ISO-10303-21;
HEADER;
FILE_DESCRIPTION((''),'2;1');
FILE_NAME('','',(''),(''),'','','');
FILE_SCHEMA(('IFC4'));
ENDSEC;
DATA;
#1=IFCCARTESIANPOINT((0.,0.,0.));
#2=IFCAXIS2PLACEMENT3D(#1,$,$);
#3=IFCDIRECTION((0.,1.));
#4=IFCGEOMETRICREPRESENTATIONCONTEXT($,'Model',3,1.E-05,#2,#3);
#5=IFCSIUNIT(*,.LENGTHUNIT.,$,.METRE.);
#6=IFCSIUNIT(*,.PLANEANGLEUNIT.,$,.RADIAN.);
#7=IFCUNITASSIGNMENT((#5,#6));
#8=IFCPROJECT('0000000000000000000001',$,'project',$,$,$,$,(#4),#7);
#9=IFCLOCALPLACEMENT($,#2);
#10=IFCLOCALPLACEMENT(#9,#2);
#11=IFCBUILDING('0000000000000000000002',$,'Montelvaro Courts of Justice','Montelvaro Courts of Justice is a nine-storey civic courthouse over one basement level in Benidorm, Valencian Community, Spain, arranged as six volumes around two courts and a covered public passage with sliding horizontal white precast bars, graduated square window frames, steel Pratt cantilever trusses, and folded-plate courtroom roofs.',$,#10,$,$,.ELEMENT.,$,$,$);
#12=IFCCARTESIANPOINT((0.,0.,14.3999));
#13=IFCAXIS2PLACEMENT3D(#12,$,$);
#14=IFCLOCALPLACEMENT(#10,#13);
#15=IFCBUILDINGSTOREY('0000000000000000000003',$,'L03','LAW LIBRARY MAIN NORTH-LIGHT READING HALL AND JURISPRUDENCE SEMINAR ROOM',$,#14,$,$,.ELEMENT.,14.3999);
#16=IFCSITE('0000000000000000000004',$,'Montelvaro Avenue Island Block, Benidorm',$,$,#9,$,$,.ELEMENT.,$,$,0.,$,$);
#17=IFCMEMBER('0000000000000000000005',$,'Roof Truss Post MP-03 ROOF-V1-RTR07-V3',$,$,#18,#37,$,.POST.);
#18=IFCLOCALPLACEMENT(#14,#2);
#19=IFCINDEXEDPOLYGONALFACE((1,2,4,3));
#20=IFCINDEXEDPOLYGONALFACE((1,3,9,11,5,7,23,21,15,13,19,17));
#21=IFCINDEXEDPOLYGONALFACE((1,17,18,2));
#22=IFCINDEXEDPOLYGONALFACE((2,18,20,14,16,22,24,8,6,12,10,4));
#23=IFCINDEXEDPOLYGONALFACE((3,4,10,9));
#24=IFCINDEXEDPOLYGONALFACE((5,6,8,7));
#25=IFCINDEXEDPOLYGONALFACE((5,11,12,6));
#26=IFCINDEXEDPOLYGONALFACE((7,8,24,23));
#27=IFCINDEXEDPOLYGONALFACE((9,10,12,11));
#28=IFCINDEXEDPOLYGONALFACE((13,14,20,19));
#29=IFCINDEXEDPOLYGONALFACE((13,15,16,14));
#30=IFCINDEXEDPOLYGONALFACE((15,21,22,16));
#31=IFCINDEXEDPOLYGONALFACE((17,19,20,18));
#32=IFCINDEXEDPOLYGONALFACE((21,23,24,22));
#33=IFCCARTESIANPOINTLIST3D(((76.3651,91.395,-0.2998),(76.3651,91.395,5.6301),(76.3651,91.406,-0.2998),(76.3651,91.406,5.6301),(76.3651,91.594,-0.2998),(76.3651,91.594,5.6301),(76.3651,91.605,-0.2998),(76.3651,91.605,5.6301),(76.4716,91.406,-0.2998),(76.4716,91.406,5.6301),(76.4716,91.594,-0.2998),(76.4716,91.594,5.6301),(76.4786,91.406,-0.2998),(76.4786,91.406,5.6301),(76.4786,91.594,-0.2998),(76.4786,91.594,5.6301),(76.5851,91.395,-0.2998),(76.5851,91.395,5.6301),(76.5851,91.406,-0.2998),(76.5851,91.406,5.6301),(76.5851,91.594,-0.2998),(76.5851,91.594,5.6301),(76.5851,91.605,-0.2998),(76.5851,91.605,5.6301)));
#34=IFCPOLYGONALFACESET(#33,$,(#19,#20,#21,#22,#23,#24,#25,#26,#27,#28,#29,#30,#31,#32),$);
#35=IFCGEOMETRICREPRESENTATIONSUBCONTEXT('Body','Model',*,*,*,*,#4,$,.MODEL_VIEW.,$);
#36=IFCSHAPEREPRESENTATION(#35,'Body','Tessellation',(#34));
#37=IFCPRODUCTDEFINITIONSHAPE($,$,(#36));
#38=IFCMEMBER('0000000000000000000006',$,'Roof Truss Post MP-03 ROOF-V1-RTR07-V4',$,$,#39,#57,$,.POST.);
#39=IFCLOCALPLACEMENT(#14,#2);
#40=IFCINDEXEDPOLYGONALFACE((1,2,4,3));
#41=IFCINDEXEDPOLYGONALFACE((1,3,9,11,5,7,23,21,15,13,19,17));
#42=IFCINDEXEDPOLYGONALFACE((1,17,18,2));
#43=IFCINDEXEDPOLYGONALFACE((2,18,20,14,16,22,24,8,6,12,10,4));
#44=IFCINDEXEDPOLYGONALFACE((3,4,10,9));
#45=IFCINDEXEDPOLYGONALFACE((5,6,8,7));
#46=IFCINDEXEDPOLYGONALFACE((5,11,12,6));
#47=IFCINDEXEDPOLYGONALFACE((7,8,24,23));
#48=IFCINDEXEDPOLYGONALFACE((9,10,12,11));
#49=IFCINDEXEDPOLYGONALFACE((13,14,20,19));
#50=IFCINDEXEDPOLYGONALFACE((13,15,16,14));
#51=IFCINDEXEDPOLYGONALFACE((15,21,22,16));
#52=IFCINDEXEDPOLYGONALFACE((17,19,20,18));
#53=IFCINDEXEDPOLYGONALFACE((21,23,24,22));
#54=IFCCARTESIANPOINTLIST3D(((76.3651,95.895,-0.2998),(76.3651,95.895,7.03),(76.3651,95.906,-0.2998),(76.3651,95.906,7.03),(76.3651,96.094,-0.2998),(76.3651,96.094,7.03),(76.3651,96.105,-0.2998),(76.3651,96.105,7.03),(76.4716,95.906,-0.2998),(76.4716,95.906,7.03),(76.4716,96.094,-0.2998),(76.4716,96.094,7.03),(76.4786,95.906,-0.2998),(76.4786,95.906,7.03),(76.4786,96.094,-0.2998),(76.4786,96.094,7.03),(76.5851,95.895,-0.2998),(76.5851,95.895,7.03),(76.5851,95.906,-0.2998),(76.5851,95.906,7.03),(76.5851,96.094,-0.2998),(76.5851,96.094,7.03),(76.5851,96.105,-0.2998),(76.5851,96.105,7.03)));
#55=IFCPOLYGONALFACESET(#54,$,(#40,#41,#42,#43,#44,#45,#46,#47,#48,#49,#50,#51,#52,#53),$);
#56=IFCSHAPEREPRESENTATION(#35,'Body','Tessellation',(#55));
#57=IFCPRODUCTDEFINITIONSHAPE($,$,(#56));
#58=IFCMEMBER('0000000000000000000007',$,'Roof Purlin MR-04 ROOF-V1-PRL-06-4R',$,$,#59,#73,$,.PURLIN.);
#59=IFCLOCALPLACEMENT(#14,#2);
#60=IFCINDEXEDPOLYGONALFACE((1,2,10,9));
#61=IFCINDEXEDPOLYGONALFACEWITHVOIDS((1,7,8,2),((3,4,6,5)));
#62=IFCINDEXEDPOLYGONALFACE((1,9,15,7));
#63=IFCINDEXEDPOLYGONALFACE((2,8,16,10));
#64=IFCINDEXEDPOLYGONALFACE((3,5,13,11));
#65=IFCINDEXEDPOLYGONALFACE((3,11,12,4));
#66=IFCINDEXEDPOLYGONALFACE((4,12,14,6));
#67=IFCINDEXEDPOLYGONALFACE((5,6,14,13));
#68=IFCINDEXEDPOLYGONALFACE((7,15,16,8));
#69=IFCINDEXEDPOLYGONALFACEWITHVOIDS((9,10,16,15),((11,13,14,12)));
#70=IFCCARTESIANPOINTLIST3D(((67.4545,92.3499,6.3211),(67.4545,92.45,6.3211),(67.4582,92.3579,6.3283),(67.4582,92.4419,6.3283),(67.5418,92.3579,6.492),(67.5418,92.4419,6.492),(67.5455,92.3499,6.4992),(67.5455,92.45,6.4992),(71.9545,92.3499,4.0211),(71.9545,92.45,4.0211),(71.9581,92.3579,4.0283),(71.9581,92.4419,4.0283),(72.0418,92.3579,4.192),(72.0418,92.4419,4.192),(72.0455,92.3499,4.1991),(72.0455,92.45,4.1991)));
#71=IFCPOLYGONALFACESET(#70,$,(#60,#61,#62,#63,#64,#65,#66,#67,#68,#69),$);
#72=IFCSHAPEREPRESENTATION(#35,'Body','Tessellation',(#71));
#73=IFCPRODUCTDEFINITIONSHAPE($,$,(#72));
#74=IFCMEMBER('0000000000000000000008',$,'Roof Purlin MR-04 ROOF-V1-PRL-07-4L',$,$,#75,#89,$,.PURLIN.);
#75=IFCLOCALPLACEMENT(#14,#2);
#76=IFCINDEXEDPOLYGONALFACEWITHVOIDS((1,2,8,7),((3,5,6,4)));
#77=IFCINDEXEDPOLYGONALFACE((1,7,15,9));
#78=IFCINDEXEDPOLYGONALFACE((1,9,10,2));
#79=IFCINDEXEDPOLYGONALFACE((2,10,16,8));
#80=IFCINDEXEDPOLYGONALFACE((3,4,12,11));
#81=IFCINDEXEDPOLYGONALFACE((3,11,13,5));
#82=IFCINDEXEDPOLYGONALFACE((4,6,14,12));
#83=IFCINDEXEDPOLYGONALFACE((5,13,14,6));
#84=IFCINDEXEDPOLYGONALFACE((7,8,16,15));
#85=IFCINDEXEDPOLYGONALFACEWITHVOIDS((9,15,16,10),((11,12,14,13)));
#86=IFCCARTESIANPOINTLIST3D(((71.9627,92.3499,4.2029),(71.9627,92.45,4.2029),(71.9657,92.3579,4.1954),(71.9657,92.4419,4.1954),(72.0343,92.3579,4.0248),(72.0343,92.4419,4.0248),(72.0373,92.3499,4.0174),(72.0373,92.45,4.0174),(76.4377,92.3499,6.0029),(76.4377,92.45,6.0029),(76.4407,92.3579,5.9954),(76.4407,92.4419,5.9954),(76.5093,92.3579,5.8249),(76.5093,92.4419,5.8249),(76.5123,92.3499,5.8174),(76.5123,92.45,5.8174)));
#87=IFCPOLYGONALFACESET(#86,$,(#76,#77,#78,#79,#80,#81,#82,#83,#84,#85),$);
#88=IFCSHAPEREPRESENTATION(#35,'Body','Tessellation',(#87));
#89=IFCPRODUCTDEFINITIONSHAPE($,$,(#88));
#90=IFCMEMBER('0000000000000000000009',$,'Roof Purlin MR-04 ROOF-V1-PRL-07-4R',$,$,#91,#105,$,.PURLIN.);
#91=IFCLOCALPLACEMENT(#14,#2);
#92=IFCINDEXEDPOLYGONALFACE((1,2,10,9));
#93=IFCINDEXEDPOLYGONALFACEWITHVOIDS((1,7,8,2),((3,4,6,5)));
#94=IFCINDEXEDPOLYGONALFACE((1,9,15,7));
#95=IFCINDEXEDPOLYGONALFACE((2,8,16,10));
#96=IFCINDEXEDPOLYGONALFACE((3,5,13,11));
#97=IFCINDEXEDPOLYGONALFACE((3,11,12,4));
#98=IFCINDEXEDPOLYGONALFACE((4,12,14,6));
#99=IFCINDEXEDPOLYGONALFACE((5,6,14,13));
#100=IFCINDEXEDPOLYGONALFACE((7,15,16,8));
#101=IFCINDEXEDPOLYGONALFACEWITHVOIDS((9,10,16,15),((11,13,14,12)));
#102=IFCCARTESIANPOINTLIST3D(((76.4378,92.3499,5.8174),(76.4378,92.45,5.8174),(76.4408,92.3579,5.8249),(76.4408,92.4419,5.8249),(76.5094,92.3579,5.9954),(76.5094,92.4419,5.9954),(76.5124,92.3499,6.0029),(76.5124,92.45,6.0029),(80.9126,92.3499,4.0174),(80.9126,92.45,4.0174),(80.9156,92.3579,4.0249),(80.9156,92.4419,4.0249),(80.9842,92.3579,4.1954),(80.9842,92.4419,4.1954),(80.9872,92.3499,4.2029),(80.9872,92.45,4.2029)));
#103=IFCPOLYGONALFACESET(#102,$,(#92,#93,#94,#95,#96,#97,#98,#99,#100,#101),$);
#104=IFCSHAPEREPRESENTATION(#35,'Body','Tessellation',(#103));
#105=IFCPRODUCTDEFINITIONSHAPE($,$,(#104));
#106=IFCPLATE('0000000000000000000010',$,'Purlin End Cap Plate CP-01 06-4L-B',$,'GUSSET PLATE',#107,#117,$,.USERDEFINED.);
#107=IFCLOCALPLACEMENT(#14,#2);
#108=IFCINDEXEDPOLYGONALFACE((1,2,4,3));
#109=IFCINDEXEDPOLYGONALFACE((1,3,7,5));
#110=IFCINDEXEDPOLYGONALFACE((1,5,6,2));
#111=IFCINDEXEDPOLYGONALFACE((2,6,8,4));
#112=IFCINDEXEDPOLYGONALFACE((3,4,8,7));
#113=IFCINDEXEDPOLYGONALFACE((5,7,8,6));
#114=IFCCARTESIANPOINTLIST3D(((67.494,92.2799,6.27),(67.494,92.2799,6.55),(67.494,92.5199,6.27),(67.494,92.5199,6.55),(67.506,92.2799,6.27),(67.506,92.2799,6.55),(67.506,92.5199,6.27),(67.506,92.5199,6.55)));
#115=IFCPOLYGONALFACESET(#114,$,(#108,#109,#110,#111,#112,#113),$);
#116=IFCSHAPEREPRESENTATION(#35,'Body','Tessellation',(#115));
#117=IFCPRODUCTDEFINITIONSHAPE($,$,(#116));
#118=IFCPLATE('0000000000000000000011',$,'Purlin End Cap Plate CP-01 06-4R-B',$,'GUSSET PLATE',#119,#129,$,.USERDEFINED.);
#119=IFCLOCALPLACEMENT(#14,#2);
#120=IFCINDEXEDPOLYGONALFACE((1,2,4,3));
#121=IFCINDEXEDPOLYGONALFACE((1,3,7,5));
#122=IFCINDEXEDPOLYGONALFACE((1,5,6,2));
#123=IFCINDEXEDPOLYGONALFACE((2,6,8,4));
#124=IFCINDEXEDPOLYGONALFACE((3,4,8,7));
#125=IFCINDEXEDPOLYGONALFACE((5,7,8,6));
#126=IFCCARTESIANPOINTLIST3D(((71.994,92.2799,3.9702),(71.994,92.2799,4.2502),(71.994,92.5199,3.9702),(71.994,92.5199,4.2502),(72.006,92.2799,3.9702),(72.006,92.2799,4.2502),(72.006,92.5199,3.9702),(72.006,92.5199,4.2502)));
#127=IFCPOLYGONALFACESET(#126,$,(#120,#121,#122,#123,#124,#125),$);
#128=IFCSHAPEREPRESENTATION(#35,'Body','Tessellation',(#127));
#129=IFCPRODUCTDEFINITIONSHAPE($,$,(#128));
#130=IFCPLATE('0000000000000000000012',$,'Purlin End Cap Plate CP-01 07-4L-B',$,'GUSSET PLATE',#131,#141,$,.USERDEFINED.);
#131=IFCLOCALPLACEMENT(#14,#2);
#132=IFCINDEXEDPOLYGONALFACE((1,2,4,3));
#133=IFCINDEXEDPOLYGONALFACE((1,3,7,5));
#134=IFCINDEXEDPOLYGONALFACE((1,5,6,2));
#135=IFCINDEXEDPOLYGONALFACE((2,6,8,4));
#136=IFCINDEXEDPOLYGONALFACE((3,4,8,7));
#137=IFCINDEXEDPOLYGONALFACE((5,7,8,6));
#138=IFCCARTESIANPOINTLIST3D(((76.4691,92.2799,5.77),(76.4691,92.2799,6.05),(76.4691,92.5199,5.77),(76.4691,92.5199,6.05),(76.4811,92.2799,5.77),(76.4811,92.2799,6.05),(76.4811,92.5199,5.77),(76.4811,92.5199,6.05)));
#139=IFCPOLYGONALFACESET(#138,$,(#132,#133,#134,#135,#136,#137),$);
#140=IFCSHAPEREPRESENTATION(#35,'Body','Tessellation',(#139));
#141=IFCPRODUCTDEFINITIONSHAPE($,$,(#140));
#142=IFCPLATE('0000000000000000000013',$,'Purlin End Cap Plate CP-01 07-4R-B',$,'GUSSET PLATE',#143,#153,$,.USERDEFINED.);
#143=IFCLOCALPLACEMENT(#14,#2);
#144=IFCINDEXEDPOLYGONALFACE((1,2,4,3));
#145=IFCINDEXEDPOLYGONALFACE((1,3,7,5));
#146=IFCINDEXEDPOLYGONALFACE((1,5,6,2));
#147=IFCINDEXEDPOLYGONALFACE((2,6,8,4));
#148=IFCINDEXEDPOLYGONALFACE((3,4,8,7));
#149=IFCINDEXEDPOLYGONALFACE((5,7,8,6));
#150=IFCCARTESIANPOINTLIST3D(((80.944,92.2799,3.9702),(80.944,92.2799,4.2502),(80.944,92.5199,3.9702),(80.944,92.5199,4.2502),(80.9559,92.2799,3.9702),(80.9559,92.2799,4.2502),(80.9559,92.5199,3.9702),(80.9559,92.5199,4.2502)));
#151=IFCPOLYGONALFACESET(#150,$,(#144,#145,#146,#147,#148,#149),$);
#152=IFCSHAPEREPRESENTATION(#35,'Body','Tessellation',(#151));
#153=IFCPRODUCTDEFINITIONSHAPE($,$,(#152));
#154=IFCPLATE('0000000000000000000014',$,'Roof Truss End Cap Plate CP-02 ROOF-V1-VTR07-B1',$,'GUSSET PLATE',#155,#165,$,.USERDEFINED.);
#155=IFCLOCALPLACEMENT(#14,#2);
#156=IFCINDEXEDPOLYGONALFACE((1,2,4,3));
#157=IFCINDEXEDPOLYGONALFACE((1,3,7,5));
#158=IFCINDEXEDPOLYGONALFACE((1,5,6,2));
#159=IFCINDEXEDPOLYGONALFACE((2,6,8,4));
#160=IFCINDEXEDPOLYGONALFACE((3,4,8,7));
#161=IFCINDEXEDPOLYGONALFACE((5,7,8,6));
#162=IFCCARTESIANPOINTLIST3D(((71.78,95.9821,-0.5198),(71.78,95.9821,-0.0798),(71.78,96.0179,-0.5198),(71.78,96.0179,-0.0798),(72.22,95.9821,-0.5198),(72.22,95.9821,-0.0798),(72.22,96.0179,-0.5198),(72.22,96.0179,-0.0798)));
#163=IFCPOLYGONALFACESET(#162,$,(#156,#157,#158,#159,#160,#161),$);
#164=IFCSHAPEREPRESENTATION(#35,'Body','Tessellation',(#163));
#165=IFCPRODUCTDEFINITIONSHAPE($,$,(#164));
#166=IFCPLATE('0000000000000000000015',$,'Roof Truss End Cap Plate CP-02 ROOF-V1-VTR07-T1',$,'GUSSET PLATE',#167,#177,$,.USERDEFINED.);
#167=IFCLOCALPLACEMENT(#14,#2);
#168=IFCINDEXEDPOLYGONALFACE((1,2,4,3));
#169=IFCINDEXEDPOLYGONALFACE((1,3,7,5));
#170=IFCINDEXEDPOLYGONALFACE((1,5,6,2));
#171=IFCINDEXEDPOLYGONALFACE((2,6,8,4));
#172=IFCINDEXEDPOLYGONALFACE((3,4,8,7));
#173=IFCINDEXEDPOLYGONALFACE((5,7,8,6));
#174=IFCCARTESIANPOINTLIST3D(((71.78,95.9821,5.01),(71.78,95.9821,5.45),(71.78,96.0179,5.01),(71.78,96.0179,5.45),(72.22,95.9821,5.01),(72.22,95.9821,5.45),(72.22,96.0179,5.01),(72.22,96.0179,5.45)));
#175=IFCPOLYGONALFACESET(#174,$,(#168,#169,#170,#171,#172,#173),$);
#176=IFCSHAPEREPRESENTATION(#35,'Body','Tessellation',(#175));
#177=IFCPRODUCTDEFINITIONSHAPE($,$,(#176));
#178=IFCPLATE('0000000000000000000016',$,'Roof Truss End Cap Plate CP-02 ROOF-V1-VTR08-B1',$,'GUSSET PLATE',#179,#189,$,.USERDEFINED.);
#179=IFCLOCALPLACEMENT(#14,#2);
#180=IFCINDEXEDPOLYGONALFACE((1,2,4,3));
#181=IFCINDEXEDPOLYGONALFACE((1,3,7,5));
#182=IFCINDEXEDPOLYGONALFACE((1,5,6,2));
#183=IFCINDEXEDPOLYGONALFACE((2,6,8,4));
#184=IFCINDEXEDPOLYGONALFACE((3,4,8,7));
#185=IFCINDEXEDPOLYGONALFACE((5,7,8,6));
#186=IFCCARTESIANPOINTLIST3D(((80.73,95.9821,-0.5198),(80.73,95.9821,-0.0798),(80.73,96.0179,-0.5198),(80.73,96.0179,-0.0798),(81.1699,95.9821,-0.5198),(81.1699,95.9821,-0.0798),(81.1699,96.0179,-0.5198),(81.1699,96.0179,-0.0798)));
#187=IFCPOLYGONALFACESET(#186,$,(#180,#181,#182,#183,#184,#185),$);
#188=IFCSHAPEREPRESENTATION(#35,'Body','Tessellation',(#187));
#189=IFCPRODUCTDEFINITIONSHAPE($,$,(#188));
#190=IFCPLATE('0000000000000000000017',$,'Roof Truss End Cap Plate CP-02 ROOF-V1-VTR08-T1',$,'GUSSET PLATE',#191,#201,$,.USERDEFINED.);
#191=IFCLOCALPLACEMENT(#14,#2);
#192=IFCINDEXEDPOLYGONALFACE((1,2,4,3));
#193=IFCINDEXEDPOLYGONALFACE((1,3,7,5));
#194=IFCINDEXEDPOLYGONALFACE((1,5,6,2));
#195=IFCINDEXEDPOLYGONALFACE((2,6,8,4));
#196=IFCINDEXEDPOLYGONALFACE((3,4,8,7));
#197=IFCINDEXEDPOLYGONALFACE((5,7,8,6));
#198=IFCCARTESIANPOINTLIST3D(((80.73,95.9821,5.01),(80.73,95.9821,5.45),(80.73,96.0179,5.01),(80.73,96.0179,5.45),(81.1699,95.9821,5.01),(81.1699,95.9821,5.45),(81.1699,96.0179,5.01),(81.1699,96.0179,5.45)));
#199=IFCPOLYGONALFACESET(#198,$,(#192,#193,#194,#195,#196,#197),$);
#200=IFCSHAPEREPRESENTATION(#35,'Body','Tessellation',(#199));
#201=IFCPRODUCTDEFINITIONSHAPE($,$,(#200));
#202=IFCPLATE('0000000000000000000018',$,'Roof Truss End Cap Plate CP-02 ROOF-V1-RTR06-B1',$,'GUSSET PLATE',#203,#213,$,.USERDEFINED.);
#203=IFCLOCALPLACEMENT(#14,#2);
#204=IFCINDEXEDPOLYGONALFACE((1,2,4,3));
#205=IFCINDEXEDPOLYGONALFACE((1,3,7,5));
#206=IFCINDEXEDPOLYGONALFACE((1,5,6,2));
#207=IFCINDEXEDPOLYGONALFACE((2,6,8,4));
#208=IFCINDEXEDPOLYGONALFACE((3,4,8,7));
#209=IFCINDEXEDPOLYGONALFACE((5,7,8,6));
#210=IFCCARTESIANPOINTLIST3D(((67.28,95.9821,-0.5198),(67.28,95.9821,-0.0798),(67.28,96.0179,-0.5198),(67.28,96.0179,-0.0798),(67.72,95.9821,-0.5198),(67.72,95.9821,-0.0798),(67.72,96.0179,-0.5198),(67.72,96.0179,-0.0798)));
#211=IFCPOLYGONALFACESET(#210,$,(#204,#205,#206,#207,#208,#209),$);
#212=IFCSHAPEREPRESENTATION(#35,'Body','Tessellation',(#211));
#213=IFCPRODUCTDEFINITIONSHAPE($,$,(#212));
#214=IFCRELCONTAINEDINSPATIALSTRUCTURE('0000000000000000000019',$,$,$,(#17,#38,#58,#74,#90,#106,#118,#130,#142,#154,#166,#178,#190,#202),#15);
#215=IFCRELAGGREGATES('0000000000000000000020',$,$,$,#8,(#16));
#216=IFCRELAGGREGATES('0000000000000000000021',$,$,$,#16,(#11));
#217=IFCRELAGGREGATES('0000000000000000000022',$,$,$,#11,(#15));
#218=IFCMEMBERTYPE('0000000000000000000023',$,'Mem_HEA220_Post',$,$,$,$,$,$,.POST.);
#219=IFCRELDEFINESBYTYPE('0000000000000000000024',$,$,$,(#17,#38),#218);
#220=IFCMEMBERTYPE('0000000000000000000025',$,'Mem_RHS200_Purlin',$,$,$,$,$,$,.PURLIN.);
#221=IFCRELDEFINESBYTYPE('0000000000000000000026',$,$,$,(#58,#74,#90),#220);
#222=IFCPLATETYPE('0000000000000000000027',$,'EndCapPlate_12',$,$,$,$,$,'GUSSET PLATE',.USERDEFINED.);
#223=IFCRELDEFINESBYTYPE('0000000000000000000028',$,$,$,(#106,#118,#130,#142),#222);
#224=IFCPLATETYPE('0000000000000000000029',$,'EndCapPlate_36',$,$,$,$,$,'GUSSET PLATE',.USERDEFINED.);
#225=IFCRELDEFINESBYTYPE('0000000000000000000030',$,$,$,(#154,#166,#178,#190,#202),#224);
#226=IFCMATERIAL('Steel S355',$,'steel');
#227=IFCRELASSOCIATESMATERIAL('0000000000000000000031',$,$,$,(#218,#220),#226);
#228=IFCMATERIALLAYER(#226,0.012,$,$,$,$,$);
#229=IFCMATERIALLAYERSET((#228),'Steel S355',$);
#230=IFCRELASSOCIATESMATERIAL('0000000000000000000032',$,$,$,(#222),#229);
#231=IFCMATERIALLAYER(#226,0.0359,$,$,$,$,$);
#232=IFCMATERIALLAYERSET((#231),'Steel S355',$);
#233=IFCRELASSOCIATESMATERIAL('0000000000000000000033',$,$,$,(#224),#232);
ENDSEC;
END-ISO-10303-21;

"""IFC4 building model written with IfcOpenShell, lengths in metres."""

from ifc_helpers import new_model, si_unit, direction, frame, origin, origin_2d, place, context, subcontext, project, spatial, rectangle, hollow_rectangle, i_section, extrude, material, layer, layer_set, material_profile, profile_set, type_object, element, save


model = new_model("IFC4")

# Units and contexts
model_context = context("Model", 3, precision=1e-05, world=origin(), true_north=direction((0.0, 1.0)))
body_context = subcontext(model_context, "Body", "Model", "MODEL_VIEW")
ifc_project = project(units=[si_unit("LENGTHUNIT", "METRE"), si_unit("PLANEANGLEUNIT", "RADIAN")], contexts=[model_context])

# Site, building, storey
site_placement = place(None, origin())
site = spatial("IfcSite", under=ifc_project, at=site_placement, Name="Montelvaro Avenue Island Block, Benidorm", CompositionType="ELEMENT", RefElevation=0.0)
building_placement = place(site_placement, origin())
building = spatial("IfcBuilding", under=site, at=building_placement, Name="Montelvaro Courts of Justice", Description="Montelvaro Courts of Justice is a nine-storey civic courthouse over one basement level in Benidorm, Valencian Community, Spain, arranged as six volumes around two courts and a covered public passage with sliding horizontal white precast bars, graduated square window frames, steel Pratt cantilever trusses, and folded-plate courtroom roofs.", CompositionType="ELEMENT")
storey_placement = place(building_placement, frame((0.0, 0.0, 14.3999)))
storey = spatial("IfcBuildingStorey", under=building, at=storey_placement, Name="L03", Description="LAW LIBRARY MAIN NORTH-LIGHT READING HALL AND JURISPRUDENCE SEMINAR ROOM", CompositionType="ELEMENT", Elevation=14.3999)

# Members
ifc_material_1 = material(Name="Steel S355", Category="steel")
ifc_material_profile_1 = material_profile(ifc_material_1, i_section(OverallWidth=0.22, OverallDepth=0.21, WebThickness=0.0071, FlangeThickness=0.011, at=origin_2d()), Name="HEA 220")
ifc_profile_set_1 = profile_set([ifc_material_profile_1], Name="Steel S355")
member_type_1 = type_object("IfcMemberType", Name="Mem_HEA220_Post", PredefinedType="POST", material=ifc_profile_set_1)
member_1_placement = place(storey_placement, frame((76.4751, 91.5, -0.2998), z_axis=(0.0, 0.0, 1.0), x_axis=(1.0, 0.0, 0.0)))
element("IfcMember", 1, at=member_1_placement, inside=storey, type_object=member_type_1, Name="Roof Truss Post MP-03 ROOF-V1-RTR07-V3", PredefinedType="POST", context=body_context, shape_type="SweptSolid", body=[
    extrude(i_section(OverallWidth=0.22, OverallDepth=0.21, WebThickness=0.0071, FlangeThickness=0.011, at=origin_2d()), origin(), (0.0, 0.0, 1.0), 5.9299),
])
member_2_placement = place(storey_placement, frame((76.4751, 96.0, -0.2998), z_axis=(0.0, 0.0, 1.0), x_axis=(1.0, 0.0, 0.0)))
element("IfcMember", 2, at=member_2_placement, inside=storey, type_object=member_type_1, Name="Roof Truss Post MP-03 ROOF-V1-RTR07-V4", PredefinedType="POST", context=body_context, shape_type="SweptSolid", body=[
    extrude(i_section(OverallWidth=0.22, OverallDepth=0.21, WebThickness=0.0071, FlangeThickness=0.011, at=origin_2d()), origin(), (0.0, 0.0, 1.0), 7.3298),
])
ifc_material_profile_2 = material_profile(ifc_material_1, hollow_rectangle(XDim=0.1001, YDim=0.2, WallThickness=0.0081, at=origin_2d()), Name="RHS 200x100x8")
ifc_profile_set_2 = profile_set([ifc_material_profile_2], Name="Steel S355")
member_type_2 = type_object("IfcMemberType", Name="Mem_RHS200_Purlin", PredefinedType="PURLIN", material=ifc_profile_set_2)
member_3_placement = place(storey_placement, frame((67.5, 92.3999, 6.4102), z_axis=(0.890431, 0.0, -0.455119), x_axis=(0.0, 1.0, 0.0)))
element("IfcMember", 3, at=member_3_placement, inside=storey, type_object=member_type_2, Name="Roof Purlin MR-04 ROOF-V1-PRL-06-4R", PredefinedType="PURLIN", context=body_context, shape_type="SweptSolid", body=[
    extrude(hollow_rectangle(XDim=0.1001, YDim=0.2, WallThickness=0.0081, at=origin_2d()), origin(), (0.0, 0.0, 1.0), 5.0537),
])
member_4_placement = place(storey_placement, frame((72.0, 92.3999, 4.1101), z_axis=(0.927759, 0.0, 0.373179), x_axis=(0.0, 1.0, 0.0)))
element("IfcMember", 4, at=member_4_placement, inside=storey, type_object=member_type_2, Name="Roof Purlin MR-04 ROOF-V1-PRL-07-4L", PredefinedType="PURLIN", context=body_context, shape_type="SweptSolid", body=[
    extrude(hollow_rectangle(XDim=0.1001, YDim=0.2, WallThickness=0.0081, at=origin_2d()), origin(), (0.0, 0.0, 1.0), 4.8235),
])
member_5_placement = place(storey_placement, frame((76.4751, 92.3999, 5.9102), z_axis=(0.927752, 0.0, -0.373196), x_axis=(0.0, 1.0, 0.0)))
element("IfcMember", 5, at=member_5_placement, inside=storey, type_object=member_type_2, Name="Roof Purlin MR-04 ROOF-V1-PRL-07-4R", PredefinedType="PURLIN", context=body_context, shape_type="SweptSolid", body=[
    extrude(hollow_rectangle(XDim=0.1001, YDim=0.2, WallThickness=0.0081, at=origin_2d()), origin(), (0.0, 0.0, 1.0), 4.8232),
])

# Plates
ifc_layer_1 = layer(ifc_material_1, 0.012)
ifc_layer_set_1 = layer_set([ifc_layer_1], Name="Steel S355")
plate_type_1 = type_object("IfcPlateType", Name="EndCapPlate_12", ElementType="GUSSET PLATE", PredefinedType="USERDEFINED", material=ifc_layer_set_1)
for number, where, z_axis, x_axis, name in (
    (6, (67.5, 92.3999, 6.27), (0.0, 0.0, 1.0), (1.0, 0.0, 0.0), "Purlin End Cap Plate CP-01 06-4L-B"),
    (7, (72.0, 92.3999, 3.9702), (0.0, 0.0, 1.0), (1.0, 0.0, 0.0), "Purlin End Cap Plate CP-01 06-4R-B"),
    (8, (76.4751, 92.3999, 5.77), (0.0, 0.0, 1.0), (1.0, 0.0, 0.0), "Purlin End Cap Plate CP-01 07-4L-B"),
    (9, (80.95, 92.3999, 3.9702), (0.0, 0.0, 1.0), (1.0, 0.0, 0.0), "Purlin End Cap Plate CP-01 07-4R-B"),
):
    element("IfcPlate", number, at=place(storey_placement, frame(where, z_axis=z_axis, x_axis=x_axis)), inside=storey, type_object=plate_type_1, Name=name, ObjectType="GUSSET PLATE", PredefinedType="USERDEFINED", context=body_context, shape_type="SweptSolid", body=[
        extrude(rectangle(XDim=0.012, YDim=0.24, at=origin_2d()), origin(), (0.0, 0.0, 1.0), 0.28),
    ])
ifc_layer_2 = layer(ifc_material_1, 0.0359)
ifc_layer_set_2 = layer_set([ifc_layer_2], Name="Steel S355")
plate_type_2 = type_object("IfcPlateType", Name="EndCapPlate_36", ElementType="GUSSET PLATE", PredefinedType="USERDEFINED", material=ifc_layer_set_2)
for number, where, z_axis, x_axis, name in (
    (10, (72.0, 96.0, -0.5198), (0.0, 0.0, 1.0), (1.0, 0.0, 0.0), "Roof Truss End Cap Plate CP-02 ROOF-V1-VTR07-B1"),
    (11, (72.0, 96.0, 5.01), (0.0, 0.0, 1.0), (1.0, 0.0, 0.0), "Roof Truss End Cap Plate CP-02 ROOF-V1-VTR07-T1"),
    (12, (80.95, 96.0, -0.5198), (0.0, 0.0, 1.0), (1.0, 0.0, 0.0), "Roof Truss End Cap Plate CP-02 ROOF-V1-VTR08-B1"),
    (13, (80.95, 96.0, 5.01), (0.0, 0.0, 1.0), (1.0, 0.0, 0.0), "Roof Truss End Cap Plate CP-02 ROOF-V1-VTR08-T1"),
    (14, (67.5, 96.0, -0.5198), (0.0, 0.0, 1.0), (1.0, 0.0, 0.0), "Roof Truss End Cap Plate CP-02 ROOF-V1-RTR06-B1"),
):
    element("IfcPlate", number, at=place(storey_placement, frame(where, z_axis=z_axis, x_axis=x_axis)), inside=storey, type_object=plate_type_2, Name=name, ObjectType="GUSSET PLATE", PredefinedType="USERDEFINED", context=body_context, shape_type="SweptSolid", body=[
        extrude(rectangle(XDim=0.4399, YDim=0.0359, at=origin_2d()), origin(), (0.0, 0.0, 1.0), 0.4399),
    ])

save(model, "model.ifc")
